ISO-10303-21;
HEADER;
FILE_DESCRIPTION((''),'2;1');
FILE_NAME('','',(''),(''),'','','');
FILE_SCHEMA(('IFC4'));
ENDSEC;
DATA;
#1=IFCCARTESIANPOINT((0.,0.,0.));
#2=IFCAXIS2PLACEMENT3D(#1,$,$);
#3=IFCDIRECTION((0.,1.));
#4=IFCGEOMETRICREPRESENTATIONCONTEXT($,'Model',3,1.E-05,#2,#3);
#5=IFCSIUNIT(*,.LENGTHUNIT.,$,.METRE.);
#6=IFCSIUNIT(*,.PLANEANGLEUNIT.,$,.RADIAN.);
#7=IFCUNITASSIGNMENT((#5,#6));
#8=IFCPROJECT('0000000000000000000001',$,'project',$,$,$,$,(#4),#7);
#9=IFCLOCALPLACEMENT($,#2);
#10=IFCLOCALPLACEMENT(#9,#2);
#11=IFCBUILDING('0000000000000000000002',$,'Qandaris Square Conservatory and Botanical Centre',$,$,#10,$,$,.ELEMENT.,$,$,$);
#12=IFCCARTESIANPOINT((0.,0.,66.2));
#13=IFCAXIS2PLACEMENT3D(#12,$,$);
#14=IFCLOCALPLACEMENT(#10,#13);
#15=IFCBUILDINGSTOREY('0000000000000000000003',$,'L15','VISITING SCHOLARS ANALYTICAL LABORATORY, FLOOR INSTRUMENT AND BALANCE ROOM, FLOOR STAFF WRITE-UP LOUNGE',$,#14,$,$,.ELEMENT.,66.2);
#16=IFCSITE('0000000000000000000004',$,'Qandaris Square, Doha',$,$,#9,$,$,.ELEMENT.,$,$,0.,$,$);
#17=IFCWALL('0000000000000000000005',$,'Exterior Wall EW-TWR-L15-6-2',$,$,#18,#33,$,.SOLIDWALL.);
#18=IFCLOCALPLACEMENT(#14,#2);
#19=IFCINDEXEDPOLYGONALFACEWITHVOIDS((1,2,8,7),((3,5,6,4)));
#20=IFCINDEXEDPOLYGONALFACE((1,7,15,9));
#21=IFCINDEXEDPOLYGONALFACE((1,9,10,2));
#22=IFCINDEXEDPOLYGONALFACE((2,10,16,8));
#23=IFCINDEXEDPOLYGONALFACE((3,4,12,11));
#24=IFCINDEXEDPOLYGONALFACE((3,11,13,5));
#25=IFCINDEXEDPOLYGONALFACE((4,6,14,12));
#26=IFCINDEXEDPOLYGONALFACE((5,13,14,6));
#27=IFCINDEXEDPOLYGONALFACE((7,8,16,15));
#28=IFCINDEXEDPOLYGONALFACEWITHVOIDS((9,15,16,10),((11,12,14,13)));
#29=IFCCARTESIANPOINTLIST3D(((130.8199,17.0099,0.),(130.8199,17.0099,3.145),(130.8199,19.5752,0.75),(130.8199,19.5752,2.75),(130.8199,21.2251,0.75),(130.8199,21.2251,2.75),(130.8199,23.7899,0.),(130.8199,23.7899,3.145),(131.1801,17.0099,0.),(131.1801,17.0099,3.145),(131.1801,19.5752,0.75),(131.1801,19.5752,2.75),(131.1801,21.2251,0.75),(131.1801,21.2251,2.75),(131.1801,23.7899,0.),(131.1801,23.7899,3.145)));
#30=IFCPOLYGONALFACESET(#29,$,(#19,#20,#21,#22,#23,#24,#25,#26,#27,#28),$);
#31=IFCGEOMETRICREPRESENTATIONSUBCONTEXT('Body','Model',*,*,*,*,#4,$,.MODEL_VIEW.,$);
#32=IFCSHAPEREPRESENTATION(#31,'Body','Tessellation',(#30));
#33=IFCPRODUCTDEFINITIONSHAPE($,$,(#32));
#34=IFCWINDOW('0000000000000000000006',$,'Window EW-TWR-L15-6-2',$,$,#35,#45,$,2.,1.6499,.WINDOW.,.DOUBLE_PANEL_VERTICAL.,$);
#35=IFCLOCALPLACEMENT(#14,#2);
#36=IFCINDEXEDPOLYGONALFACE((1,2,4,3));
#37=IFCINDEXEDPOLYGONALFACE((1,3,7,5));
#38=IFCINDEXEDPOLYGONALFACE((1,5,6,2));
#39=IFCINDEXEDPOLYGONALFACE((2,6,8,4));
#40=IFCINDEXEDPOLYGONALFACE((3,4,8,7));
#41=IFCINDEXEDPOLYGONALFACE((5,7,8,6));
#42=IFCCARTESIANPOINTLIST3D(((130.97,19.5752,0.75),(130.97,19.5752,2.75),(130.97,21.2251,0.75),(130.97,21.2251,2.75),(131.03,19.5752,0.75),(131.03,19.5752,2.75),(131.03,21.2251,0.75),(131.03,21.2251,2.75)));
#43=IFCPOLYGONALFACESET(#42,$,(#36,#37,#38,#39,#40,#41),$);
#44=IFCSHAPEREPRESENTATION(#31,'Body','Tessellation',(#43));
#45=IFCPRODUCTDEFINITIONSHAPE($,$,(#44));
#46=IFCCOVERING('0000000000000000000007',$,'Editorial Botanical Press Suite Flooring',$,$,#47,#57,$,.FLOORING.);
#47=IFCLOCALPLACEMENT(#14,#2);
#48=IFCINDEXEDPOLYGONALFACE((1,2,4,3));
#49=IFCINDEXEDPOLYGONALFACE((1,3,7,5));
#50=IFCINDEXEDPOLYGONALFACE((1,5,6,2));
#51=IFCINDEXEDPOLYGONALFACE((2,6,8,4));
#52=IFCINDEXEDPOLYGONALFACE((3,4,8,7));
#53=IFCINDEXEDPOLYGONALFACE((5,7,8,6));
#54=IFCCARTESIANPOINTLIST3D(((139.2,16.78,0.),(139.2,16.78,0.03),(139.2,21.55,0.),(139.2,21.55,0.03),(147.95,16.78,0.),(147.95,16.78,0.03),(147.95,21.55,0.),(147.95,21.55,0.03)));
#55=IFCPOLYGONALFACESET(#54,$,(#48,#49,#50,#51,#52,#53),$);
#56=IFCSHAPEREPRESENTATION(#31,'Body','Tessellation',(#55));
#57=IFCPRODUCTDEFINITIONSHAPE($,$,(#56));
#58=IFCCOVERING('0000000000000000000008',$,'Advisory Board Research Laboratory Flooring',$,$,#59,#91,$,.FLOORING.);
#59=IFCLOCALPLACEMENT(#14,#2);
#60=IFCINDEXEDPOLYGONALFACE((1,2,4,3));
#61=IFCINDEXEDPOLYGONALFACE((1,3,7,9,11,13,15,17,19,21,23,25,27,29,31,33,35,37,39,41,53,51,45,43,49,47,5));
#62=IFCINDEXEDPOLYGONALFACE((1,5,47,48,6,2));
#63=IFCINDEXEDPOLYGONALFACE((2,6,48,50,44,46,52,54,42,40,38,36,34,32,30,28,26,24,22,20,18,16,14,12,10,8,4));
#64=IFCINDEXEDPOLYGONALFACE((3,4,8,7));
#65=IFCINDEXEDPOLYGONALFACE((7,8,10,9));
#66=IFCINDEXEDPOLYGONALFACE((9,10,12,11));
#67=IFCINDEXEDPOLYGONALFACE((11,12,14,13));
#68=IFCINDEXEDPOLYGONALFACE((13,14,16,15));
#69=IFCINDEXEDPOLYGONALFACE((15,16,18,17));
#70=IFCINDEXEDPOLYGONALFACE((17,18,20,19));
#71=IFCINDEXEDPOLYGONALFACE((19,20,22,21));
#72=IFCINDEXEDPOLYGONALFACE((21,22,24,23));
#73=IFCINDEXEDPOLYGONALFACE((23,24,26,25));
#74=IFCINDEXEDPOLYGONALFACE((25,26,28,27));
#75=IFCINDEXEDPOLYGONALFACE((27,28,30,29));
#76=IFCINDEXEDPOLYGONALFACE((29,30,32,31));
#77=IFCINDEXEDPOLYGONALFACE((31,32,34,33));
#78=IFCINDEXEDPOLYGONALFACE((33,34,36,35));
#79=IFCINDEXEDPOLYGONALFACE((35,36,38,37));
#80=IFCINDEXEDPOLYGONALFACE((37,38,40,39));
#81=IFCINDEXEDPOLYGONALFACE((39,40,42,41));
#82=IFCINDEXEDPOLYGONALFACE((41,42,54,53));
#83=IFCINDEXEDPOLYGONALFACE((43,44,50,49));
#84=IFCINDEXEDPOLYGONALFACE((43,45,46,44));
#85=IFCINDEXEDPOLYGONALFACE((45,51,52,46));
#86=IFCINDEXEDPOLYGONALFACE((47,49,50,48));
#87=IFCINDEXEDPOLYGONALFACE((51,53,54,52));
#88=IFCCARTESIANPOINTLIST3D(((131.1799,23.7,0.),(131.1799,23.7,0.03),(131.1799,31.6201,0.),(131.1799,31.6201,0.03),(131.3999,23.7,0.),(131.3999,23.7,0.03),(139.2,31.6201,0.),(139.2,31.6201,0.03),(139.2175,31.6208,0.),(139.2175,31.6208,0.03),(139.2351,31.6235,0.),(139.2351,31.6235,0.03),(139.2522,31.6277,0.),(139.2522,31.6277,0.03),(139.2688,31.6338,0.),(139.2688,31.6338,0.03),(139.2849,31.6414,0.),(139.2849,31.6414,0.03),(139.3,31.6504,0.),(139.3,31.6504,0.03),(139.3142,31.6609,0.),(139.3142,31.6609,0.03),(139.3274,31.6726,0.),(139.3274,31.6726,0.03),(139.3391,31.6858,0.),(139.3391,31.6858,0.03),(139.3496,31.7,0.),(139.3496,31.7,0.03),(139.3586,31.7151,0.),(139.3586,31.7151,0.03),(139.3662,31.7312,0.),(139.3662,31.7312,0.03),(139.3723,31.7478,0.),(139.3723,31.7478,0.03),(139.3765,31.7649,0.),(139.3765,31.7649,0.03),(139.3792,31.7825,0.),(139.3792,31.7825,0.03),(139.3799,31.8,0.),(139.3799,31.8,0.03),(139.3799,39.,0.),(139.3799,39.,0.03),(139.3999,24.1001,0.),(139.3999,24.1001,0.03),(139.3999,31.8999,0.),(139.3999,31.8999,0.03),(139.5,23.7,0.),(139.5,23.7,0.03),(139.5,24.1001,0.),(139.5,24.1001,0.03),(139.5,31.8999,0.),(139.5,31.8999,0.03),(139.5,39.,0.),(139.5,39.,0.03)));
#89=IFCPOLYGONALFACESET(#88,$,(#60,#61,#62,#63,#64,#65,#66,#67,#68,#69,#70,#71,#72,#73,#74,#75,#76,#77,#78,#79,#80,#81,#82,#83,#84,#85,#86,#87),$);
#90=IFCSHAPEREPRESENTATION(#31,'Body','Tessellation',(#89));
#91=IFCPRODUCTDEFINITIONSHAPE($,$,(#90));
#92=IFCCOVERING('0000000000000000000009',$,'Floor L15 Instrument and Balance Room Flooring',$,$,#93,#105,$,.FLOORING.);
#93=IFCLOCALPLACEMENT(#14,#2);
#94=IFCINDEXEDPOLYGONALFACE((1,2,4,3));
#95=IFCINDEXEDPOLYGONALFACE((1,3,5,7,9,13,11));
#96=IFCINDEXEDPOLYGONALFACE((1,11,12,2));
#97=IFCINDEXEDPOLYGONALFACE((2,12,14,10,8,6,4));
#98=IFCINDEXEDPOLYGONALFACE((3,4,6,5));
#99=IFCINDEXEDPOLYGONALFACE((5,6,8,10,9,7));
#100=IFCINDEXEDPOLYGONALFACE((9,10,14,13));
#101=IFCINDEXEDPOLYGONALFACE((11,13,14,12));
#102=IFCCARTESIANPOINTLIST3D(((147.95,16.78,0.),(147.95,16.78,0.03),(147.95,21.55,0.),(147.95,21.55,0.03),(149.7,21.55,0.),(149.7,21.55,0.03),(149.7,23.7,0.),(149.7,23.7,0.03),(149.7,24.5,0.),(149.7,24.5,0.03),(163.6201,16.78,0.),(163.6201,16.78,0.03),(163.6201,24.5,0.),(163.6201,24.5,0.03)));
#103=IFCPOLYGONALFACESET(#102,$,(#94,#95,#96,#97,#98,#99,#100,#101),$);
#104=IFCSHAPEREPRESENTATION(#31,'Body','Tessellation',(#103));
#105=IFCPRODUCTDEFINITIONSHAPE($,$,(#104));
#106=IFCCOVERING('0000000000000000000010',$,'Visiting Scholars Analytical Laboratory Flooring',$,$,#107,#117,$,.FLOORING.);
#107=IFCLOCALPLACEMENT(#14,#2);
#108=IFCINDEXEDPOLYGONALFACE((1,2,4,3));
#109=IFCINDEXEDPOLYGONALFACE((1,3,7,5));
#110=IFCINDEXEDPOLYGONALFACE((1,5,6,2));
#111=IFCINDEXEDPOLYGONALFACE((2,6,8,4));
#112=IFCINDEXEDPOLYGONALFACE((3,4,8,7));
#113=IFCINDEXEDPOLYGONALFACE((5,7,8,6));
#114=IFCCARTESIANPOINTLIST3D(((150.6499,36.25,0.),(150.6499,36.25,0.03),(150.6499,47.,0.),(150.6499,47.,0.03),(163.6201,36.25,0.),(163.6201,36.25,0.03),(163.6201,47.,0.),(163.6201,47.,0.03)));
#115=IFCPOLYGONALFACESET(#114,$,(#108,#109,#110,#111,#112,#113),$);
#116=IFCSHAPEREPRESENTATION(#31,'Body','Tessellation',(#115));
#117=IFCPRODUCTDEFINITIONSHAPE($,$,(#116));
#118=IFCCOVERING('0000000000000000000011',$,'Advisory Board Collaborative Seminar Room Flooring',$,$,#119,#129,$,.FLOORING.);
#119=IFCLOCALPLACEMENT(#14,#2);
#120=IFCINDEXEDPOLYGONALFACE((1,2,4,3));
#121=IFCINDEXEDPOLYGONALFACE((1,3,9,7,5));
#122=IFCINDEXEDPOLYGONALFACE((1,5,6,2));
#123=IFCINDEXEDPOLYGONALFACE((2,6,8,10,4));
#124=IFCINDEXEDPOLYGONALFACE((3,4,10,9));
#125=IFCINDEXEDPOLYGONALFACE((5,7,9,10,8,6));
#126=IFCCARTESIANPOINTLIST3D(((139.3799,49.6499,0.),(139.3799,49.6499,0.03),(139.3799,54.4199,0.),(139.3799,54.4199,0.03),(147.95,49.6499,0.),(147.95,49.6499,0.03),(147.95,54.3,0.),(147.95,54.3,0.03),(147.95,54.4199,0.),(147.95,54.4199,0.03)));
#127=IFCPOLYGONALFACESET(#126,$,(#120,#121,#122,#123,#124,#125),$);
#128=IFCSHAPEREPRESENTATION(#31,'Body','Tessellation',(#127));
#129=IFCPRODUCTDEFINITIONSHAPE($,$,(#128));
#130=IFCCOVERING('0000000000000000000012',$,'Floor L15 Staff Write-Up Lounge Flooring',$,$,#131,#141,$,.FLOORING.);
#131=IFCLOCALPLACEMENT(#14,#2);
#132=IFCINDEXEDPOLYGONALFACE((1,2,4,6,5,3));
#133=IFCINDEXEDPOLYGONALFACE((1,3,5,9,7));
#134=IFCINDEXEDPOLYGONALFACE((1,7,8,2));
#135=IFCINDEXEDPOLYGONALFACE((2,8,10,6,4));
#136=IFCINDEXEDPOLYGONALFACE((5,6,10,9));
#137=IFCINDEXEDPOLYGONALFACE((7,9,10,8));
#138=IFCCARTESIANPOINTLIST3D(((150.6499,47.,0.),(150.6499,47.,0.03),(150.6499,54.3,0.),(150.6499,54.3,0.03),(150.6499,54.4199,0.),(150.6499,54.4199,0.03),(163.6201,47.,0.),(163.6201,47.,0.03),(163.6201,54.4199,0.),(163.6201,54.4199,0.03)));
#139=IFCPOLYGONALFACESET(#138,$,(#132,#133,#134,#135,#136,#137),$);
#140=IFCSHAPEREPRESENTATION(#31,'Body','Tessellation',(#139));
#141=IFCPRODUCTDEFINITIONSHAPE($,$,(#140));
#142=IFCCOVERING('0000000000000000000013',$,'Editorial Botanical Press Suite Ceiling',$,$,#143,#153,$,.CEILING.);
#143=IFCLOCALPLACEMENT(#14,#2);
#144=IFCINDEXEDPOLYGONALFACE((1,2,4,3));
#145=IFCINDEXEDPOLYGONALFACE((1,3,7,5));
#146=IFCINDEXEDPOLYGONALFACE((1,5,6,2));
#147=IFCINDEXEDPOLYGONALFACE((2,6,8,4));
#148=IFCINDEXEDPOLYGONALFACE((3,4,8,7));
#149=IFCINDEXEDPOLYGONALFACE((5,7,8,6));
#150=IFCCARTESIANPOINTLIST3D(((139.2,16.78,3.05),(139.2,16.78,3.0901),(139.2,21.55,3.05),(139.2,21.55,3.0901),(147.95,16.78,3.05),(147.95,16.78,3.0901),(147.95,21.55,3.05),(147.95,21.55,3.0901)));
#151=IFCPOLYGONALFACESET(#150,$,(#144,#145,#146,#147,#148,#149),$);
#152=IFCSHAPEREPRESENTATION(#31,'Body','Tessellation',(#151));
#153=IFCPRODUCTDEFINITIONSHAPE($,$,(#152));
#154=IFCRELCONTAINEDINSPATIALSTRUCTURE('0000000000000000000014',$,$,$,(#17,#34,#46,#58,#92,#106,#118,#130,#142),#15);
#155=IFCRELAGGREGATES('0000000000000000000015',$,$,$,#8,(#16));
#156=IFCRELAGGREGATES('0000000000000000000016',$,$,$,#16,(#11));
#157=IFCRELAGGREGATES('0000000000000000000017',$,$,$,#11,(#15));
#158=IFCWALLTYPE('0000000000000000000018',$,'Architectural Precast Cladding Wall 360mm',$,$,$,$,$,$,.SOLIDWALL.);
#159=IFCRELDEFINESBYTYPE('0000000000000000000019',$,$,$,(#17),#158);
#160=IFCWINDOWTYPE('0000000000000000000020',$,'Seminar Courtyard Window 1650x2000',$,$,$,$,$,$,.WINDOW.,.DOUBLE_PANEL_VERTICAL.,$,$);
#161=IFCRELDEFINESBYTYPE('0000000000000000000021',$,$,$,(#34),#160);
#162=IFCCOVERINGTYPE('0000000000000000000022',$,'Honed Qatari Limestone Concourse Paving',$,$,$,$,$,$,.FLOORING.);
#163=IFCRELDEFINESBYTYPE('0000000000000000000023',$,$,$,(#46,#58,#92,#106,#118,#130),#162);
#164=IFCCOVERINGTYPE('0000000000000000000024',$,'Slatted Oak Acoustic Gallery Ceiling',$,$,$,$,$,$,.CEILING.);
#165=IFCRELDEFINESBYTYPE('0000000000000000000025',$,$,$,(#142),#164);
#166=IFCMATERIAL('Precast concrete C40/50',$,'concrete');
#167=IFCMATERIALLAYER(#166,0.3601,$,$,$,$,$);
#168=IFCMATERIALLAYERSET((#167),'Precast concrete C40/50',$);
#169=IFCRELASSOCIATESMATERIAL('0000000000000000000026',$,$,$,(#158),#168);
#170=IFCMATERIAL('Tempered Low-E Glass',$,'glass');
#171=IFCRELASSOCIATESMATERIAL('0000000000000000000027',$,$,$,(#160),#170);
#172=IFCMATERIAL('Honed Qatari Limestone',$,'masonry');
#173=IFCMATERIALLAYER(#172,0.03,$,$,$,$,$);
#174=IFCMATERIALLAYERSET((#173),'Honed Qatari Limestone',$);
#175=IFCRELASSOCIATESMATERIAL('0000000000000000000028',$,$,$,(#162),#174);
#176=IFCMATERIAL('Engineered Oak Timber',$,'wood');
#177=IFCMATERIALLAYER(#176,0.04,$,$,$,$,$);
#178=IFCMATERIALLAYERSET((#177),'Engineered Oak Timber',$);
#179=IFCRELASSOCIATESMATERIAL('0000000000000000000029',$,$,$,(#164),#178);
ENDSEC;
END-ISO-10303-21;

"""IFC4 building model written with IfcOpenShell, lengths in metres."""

from ifc_helpers import new_model, si_unit, direction, frame, frame_2d, origin, place, context, subcontext, project, spatial, polyline, rectangle, outline, extrude, material, layer, layer_set, type_object, element, fill, save


model = new_model("IFC4")

# Units and contexts
model_context = context("Model", 3, precision=1e-05, world=origin(), true_north=direction((0.0, 1.0)))
body_context = subcontext(model_context, "Body", "Model", "MODEL_VIEW")
ifc_project = project(units=[si_unit("LENGTHUNIT", "METRE"), si_unit("PLANEANGLEUNIT", "RADIAN")], contexts=[model_context])

# Site, building, storey
site_placement = place(None, origin())
site = spatial("IfcSite", under=ifc_project, at=site_placement, Name="Qandaris Square, Doha", CompositionType="ELEMENT", RefElevation=0.0)
building_placement = place(site_placement, origin())
building = spatial("IfcBuilding", under=site, at=building_placement, Name="Qandaris Square Conservatory and Botanical Centre", CompositionType="ELEMENT")
storey_placement = place(building_placement, frame((0.0, 0.0, 66.2)))
storey = spatial("IfcBuildingStorey", under=building, at=storey_placement, Name="L15", Description="VISITING SCHOLARS ANALYTICAL LABORATORY, FLOOR INSTRUMENT AND BALANCE ROOM, FLOOR STAFF WRITE-UP LOUNGE", CompositionType="ELEMENT", Elevation=66.2)

# Wall, opening, window
ifc_material_1 = material(Name="Precast concrete C40/50", Category="concrete")
ifc_layer_1 = layer(ifc_material_1, 0.3601)
ifc_layer_set_1 = layer_set([ifc_layer_1], Name="Precast concrete C40/50")
wall_type = type_object("IfcWallType", Name="Architectural Precast Cladding Wall 360mm", PredefinedType="SOLIDWALL", material=ifc_layer_set_1)
ifc_material_2 = material(Name="Tempered Low-E Glass", Category="glass")
wall_1_placement = place(storey_placement, frame((131.0, 23.79, 0.0), z_axis=(0.0, 0.0, 1.0), x_axis=(0.0, -1.0, 0.0)))
wall_1 = element("IfcWall", 1, at=wall_1_placement, inside=storey, type_object=wall_type, Name="Exterior Wall EW-TWR-L15-6-2", PredefinedType="SOLIDWALL", context=body_context, shape_type="SweptSolid", body=[
    extrude(rectangle(XDim=6.78, YDim=0.3601, at=frame_2d((3.3901, 0.0))), origin(), (0.0, 0.0, 1.0), 3.145),
])
opening_1_placement = place(wall_1_placement, frame((2.5649, 0.0, 0.75)))
opening_1 = element("IfcOpeningElement", 2, at=opening_1_placement, cuts=wall_1, PredefinedType="OPENING", context=body_context, shape_type="SweptSolid", body=[
    extrude(rectangle(XDim=1.6499, YDim=2.0, at=frame_2d((0.825, 1.0))), frame((0.0, 0.1919, 0.0), z_axis=(0.0, -1.0, 0.0), x_axis=(1.0, 0.0, 0.0)), (0.0, 0.0, 1.0), 0.384),
])
window_type_1 = type_object("IfcWindowType", Name="Seminar Courtyard Window 1650x2000", PartitioningType="DOUBLE_PANEL_VERTICAL", PredefinedType="WINDOW", material=ifc_material_2)
window_1_placement = place(opening_1_placement, origin())
window_1 = element("IfcWindow", 3, at=window_1_placement, inside=storey, type_object=window_type_1, Name="Window EW-TWR-L15-6-2", OverallHeight=2.0, OverallWidth=1.6499, PartitioningType="DOUBLE_PANEL_VERTICAL", PredefinedType="WINDOW", context=body_context, shape_type="SweptSolid", body=[
    extrude(rectangle(XDim=1.6499, YDim=2.0, at=frame_2d((0.825, 1.0))), frame((0.0, 0.03, 0.0), z_axis=(0.0, -1.0, 0.0), x_axis=(1.0, 0.0, 0.0)), (0.0, 0.0, 1.0), 0.0601),
])
fill(opening_1, window_1)

# Coverings
ifc_material_3 = material(Name="Honed Qatari Limestone", Category="masonry")
ifc_layer_2 = layer(ifc_material_3, 0.03)
ifc_layer_set_2 = layer_set([ifc_layer_2], Name="Honed Qatari Limestone")
covering_type_1 = type_object("IfcCoveringType", Name="Honed Qatari Limestone Concourse Paving", PredefinedType="FLOORING", material=ifc_layer_set_2)
covering_1_placement = place(storey_placement, origin())
element("IfcCovering", 4, at=covering_1_placement, inside=storey, type_object=covering_type_1, Name="Editorial Botanical Press Suite Flooring", PredefinedType="FLOORING", context=body_context, shape_type="SweptSolid", body=[
    extrude(outline(polyline([(139.2, 16.78), (139.2, 21.55), (147.95, 21.55), (147.95, 16.78), (139.2, 16.78)])), origin(), (0.0, 0.0, 1.0), 0.03),
])
covering_2_placement = place(storey_placement, origin())
element("IfcCovering", 5, at=covering_2_placement, inside=storey, type_object=covering_type_1, Name="Advisory Board Research Laboratory Flooring", PredefinedType="FLOORING", context=body_context, shape_type="SweptSolid", body=[
    extrude(outline(polyline([(139.2351, 31.6235), (139.2522, 31.6277), (139.2688, 31.6338), (139.2849, 31.6414), (139.3, 31.6504), (139.3142, 31.6609), (139.3274, 31.6726), (139.3391, 31.6858), (139.3496, 31.7), (139.3586, 31.7151), (139.3662, 31.7312), (139.3723, 31.7478), (139.3765, 31.7649), (139.3792, 31.7825), (139.3799, 31.8), (139.3799, 39.0), (139.5, 39.0), (139.5, 31.8999), (139.3999, 31.8999), (139.3999, 24.1001), (139.5, 24.1001), (139.5, 23.7), (131.3999, 23.7), (131.1799, 23.7), (131.1799, 31.6201), (139.2, 31.6201), (139.2175, 31.6208), (139.2351, 31.6235)])), origin(), (0.0, 0.0, 1.0), 0.03),
])
covering_3_placement = place(storey_placement, origin())
element("IfcCovering", 6, at=covering_3_placement, inside=storey, type_object=covering_type_1, Name="Floor L15 Instrument and Balance Room Flooring", PredefinedType="FLOORING", context=body_context, shape_type="SweptSolid", body=[
    extrude(outline(polyline([(149.7, 24.5), (163.6201, 24.5), (163.6201, 16.78), (147.95, 16.78), (147.95, 21.55), (149.7, 21.55), (149.7, 23.7), (149.7, 24.5)])), origin(), (0.0, 0.0, 1.0), 0.03),
])
covering_4_placement = place(storey_placement, origin())
element("IfcCovering", 7, at=covering_4_placement, inside=storey, type_object=covering_type_1, Name="Visiting Scholars Analytical Laboratory Flooring", PredefinedType="FLOORING", context=body_context, shape_type="SweptSolid", body=[
    extrude(outline(polyline([(163.6201, 36.25), (150.6499, 36.25), (150.6499, 47.0), (163.6201, 47.0), (163.6201, 36.25)])), origin(), (0.0, 0.0, 1.0), 0.03),
])
covering_5_placement = place(storey_placement, origin())
element("IfcCovering", 8, at=covering_5_placement, inside=storey, type_object=covering_type_1, Name="Advisory Board Collaborative Seminar Room Flooring", PredefinedType="FLOORING", context=body_context, shape_type="SweptSolid", body=[
    extrude(outline(polyline([(139.3799, 54.4199), (147.95, 54.4199), (147.95, 54.3), (147.95, 49.6499), (139.3799, 49.6499), (139.3799, 54.4199)])), origin(), (0.0, 0.0, 1.0), 0.03),
])
covering_6_placement = place(storey_placement, origin())
element("IfcCovering", 9, at=covering_6_placement, inside=storey, type_object=covering_type_1, Name="Floor L15 Staff Write-Up Lounge Flooring", PredefinedType="FLOORING", context=body_context, shape_type="SweptSolid", body=[
    extrude(outline(polyline([(163.6201, 54.4199), (163.6201, 47.0), (150.6499, 47.0), (150.6499, 54.3), (150.6499, 54.4199), (163.6201, 54.4199)])), origin(), (0.0, 0.0, 1.0), 0.03),
])
ifc_material_4 = material(Name="Engineered Oak Timber", Category="wood")
ifc_layer_3 = layer(ifc_material_4, 0.04)
ifc_layer_set_3 = layer_set([ifc_layer_3], Name="Engineered Oak Timber")
covering_type_2 = type_object("IfcCoveringType", Name="Slatted Oak Acoustic Gallery Ceiling", PredefinedType="CEILING", material=ifc_layer_set_3)
covering_7_placement = place(storey_placement, frame((0.0, 0.0, 3.05)))
element("IfcCovering", 10, at=covering_7_placement, inside=storey, type_object=covering_type_2, Name="Editorial Botanical Press Suite Ceiling", PredefinedType="CEILING", context=body_context, shape_type="SweptSolid", body=[
    extrude(outline(polyline([(139.2, 16.78), (139.2, 21.55), (147.95, 21.55), (147.95, 16.78), (139.2, 16.78)])), origin(), (0.0, 0.0, 1.0), 0.04),
])

save(model, "model.ifc")
